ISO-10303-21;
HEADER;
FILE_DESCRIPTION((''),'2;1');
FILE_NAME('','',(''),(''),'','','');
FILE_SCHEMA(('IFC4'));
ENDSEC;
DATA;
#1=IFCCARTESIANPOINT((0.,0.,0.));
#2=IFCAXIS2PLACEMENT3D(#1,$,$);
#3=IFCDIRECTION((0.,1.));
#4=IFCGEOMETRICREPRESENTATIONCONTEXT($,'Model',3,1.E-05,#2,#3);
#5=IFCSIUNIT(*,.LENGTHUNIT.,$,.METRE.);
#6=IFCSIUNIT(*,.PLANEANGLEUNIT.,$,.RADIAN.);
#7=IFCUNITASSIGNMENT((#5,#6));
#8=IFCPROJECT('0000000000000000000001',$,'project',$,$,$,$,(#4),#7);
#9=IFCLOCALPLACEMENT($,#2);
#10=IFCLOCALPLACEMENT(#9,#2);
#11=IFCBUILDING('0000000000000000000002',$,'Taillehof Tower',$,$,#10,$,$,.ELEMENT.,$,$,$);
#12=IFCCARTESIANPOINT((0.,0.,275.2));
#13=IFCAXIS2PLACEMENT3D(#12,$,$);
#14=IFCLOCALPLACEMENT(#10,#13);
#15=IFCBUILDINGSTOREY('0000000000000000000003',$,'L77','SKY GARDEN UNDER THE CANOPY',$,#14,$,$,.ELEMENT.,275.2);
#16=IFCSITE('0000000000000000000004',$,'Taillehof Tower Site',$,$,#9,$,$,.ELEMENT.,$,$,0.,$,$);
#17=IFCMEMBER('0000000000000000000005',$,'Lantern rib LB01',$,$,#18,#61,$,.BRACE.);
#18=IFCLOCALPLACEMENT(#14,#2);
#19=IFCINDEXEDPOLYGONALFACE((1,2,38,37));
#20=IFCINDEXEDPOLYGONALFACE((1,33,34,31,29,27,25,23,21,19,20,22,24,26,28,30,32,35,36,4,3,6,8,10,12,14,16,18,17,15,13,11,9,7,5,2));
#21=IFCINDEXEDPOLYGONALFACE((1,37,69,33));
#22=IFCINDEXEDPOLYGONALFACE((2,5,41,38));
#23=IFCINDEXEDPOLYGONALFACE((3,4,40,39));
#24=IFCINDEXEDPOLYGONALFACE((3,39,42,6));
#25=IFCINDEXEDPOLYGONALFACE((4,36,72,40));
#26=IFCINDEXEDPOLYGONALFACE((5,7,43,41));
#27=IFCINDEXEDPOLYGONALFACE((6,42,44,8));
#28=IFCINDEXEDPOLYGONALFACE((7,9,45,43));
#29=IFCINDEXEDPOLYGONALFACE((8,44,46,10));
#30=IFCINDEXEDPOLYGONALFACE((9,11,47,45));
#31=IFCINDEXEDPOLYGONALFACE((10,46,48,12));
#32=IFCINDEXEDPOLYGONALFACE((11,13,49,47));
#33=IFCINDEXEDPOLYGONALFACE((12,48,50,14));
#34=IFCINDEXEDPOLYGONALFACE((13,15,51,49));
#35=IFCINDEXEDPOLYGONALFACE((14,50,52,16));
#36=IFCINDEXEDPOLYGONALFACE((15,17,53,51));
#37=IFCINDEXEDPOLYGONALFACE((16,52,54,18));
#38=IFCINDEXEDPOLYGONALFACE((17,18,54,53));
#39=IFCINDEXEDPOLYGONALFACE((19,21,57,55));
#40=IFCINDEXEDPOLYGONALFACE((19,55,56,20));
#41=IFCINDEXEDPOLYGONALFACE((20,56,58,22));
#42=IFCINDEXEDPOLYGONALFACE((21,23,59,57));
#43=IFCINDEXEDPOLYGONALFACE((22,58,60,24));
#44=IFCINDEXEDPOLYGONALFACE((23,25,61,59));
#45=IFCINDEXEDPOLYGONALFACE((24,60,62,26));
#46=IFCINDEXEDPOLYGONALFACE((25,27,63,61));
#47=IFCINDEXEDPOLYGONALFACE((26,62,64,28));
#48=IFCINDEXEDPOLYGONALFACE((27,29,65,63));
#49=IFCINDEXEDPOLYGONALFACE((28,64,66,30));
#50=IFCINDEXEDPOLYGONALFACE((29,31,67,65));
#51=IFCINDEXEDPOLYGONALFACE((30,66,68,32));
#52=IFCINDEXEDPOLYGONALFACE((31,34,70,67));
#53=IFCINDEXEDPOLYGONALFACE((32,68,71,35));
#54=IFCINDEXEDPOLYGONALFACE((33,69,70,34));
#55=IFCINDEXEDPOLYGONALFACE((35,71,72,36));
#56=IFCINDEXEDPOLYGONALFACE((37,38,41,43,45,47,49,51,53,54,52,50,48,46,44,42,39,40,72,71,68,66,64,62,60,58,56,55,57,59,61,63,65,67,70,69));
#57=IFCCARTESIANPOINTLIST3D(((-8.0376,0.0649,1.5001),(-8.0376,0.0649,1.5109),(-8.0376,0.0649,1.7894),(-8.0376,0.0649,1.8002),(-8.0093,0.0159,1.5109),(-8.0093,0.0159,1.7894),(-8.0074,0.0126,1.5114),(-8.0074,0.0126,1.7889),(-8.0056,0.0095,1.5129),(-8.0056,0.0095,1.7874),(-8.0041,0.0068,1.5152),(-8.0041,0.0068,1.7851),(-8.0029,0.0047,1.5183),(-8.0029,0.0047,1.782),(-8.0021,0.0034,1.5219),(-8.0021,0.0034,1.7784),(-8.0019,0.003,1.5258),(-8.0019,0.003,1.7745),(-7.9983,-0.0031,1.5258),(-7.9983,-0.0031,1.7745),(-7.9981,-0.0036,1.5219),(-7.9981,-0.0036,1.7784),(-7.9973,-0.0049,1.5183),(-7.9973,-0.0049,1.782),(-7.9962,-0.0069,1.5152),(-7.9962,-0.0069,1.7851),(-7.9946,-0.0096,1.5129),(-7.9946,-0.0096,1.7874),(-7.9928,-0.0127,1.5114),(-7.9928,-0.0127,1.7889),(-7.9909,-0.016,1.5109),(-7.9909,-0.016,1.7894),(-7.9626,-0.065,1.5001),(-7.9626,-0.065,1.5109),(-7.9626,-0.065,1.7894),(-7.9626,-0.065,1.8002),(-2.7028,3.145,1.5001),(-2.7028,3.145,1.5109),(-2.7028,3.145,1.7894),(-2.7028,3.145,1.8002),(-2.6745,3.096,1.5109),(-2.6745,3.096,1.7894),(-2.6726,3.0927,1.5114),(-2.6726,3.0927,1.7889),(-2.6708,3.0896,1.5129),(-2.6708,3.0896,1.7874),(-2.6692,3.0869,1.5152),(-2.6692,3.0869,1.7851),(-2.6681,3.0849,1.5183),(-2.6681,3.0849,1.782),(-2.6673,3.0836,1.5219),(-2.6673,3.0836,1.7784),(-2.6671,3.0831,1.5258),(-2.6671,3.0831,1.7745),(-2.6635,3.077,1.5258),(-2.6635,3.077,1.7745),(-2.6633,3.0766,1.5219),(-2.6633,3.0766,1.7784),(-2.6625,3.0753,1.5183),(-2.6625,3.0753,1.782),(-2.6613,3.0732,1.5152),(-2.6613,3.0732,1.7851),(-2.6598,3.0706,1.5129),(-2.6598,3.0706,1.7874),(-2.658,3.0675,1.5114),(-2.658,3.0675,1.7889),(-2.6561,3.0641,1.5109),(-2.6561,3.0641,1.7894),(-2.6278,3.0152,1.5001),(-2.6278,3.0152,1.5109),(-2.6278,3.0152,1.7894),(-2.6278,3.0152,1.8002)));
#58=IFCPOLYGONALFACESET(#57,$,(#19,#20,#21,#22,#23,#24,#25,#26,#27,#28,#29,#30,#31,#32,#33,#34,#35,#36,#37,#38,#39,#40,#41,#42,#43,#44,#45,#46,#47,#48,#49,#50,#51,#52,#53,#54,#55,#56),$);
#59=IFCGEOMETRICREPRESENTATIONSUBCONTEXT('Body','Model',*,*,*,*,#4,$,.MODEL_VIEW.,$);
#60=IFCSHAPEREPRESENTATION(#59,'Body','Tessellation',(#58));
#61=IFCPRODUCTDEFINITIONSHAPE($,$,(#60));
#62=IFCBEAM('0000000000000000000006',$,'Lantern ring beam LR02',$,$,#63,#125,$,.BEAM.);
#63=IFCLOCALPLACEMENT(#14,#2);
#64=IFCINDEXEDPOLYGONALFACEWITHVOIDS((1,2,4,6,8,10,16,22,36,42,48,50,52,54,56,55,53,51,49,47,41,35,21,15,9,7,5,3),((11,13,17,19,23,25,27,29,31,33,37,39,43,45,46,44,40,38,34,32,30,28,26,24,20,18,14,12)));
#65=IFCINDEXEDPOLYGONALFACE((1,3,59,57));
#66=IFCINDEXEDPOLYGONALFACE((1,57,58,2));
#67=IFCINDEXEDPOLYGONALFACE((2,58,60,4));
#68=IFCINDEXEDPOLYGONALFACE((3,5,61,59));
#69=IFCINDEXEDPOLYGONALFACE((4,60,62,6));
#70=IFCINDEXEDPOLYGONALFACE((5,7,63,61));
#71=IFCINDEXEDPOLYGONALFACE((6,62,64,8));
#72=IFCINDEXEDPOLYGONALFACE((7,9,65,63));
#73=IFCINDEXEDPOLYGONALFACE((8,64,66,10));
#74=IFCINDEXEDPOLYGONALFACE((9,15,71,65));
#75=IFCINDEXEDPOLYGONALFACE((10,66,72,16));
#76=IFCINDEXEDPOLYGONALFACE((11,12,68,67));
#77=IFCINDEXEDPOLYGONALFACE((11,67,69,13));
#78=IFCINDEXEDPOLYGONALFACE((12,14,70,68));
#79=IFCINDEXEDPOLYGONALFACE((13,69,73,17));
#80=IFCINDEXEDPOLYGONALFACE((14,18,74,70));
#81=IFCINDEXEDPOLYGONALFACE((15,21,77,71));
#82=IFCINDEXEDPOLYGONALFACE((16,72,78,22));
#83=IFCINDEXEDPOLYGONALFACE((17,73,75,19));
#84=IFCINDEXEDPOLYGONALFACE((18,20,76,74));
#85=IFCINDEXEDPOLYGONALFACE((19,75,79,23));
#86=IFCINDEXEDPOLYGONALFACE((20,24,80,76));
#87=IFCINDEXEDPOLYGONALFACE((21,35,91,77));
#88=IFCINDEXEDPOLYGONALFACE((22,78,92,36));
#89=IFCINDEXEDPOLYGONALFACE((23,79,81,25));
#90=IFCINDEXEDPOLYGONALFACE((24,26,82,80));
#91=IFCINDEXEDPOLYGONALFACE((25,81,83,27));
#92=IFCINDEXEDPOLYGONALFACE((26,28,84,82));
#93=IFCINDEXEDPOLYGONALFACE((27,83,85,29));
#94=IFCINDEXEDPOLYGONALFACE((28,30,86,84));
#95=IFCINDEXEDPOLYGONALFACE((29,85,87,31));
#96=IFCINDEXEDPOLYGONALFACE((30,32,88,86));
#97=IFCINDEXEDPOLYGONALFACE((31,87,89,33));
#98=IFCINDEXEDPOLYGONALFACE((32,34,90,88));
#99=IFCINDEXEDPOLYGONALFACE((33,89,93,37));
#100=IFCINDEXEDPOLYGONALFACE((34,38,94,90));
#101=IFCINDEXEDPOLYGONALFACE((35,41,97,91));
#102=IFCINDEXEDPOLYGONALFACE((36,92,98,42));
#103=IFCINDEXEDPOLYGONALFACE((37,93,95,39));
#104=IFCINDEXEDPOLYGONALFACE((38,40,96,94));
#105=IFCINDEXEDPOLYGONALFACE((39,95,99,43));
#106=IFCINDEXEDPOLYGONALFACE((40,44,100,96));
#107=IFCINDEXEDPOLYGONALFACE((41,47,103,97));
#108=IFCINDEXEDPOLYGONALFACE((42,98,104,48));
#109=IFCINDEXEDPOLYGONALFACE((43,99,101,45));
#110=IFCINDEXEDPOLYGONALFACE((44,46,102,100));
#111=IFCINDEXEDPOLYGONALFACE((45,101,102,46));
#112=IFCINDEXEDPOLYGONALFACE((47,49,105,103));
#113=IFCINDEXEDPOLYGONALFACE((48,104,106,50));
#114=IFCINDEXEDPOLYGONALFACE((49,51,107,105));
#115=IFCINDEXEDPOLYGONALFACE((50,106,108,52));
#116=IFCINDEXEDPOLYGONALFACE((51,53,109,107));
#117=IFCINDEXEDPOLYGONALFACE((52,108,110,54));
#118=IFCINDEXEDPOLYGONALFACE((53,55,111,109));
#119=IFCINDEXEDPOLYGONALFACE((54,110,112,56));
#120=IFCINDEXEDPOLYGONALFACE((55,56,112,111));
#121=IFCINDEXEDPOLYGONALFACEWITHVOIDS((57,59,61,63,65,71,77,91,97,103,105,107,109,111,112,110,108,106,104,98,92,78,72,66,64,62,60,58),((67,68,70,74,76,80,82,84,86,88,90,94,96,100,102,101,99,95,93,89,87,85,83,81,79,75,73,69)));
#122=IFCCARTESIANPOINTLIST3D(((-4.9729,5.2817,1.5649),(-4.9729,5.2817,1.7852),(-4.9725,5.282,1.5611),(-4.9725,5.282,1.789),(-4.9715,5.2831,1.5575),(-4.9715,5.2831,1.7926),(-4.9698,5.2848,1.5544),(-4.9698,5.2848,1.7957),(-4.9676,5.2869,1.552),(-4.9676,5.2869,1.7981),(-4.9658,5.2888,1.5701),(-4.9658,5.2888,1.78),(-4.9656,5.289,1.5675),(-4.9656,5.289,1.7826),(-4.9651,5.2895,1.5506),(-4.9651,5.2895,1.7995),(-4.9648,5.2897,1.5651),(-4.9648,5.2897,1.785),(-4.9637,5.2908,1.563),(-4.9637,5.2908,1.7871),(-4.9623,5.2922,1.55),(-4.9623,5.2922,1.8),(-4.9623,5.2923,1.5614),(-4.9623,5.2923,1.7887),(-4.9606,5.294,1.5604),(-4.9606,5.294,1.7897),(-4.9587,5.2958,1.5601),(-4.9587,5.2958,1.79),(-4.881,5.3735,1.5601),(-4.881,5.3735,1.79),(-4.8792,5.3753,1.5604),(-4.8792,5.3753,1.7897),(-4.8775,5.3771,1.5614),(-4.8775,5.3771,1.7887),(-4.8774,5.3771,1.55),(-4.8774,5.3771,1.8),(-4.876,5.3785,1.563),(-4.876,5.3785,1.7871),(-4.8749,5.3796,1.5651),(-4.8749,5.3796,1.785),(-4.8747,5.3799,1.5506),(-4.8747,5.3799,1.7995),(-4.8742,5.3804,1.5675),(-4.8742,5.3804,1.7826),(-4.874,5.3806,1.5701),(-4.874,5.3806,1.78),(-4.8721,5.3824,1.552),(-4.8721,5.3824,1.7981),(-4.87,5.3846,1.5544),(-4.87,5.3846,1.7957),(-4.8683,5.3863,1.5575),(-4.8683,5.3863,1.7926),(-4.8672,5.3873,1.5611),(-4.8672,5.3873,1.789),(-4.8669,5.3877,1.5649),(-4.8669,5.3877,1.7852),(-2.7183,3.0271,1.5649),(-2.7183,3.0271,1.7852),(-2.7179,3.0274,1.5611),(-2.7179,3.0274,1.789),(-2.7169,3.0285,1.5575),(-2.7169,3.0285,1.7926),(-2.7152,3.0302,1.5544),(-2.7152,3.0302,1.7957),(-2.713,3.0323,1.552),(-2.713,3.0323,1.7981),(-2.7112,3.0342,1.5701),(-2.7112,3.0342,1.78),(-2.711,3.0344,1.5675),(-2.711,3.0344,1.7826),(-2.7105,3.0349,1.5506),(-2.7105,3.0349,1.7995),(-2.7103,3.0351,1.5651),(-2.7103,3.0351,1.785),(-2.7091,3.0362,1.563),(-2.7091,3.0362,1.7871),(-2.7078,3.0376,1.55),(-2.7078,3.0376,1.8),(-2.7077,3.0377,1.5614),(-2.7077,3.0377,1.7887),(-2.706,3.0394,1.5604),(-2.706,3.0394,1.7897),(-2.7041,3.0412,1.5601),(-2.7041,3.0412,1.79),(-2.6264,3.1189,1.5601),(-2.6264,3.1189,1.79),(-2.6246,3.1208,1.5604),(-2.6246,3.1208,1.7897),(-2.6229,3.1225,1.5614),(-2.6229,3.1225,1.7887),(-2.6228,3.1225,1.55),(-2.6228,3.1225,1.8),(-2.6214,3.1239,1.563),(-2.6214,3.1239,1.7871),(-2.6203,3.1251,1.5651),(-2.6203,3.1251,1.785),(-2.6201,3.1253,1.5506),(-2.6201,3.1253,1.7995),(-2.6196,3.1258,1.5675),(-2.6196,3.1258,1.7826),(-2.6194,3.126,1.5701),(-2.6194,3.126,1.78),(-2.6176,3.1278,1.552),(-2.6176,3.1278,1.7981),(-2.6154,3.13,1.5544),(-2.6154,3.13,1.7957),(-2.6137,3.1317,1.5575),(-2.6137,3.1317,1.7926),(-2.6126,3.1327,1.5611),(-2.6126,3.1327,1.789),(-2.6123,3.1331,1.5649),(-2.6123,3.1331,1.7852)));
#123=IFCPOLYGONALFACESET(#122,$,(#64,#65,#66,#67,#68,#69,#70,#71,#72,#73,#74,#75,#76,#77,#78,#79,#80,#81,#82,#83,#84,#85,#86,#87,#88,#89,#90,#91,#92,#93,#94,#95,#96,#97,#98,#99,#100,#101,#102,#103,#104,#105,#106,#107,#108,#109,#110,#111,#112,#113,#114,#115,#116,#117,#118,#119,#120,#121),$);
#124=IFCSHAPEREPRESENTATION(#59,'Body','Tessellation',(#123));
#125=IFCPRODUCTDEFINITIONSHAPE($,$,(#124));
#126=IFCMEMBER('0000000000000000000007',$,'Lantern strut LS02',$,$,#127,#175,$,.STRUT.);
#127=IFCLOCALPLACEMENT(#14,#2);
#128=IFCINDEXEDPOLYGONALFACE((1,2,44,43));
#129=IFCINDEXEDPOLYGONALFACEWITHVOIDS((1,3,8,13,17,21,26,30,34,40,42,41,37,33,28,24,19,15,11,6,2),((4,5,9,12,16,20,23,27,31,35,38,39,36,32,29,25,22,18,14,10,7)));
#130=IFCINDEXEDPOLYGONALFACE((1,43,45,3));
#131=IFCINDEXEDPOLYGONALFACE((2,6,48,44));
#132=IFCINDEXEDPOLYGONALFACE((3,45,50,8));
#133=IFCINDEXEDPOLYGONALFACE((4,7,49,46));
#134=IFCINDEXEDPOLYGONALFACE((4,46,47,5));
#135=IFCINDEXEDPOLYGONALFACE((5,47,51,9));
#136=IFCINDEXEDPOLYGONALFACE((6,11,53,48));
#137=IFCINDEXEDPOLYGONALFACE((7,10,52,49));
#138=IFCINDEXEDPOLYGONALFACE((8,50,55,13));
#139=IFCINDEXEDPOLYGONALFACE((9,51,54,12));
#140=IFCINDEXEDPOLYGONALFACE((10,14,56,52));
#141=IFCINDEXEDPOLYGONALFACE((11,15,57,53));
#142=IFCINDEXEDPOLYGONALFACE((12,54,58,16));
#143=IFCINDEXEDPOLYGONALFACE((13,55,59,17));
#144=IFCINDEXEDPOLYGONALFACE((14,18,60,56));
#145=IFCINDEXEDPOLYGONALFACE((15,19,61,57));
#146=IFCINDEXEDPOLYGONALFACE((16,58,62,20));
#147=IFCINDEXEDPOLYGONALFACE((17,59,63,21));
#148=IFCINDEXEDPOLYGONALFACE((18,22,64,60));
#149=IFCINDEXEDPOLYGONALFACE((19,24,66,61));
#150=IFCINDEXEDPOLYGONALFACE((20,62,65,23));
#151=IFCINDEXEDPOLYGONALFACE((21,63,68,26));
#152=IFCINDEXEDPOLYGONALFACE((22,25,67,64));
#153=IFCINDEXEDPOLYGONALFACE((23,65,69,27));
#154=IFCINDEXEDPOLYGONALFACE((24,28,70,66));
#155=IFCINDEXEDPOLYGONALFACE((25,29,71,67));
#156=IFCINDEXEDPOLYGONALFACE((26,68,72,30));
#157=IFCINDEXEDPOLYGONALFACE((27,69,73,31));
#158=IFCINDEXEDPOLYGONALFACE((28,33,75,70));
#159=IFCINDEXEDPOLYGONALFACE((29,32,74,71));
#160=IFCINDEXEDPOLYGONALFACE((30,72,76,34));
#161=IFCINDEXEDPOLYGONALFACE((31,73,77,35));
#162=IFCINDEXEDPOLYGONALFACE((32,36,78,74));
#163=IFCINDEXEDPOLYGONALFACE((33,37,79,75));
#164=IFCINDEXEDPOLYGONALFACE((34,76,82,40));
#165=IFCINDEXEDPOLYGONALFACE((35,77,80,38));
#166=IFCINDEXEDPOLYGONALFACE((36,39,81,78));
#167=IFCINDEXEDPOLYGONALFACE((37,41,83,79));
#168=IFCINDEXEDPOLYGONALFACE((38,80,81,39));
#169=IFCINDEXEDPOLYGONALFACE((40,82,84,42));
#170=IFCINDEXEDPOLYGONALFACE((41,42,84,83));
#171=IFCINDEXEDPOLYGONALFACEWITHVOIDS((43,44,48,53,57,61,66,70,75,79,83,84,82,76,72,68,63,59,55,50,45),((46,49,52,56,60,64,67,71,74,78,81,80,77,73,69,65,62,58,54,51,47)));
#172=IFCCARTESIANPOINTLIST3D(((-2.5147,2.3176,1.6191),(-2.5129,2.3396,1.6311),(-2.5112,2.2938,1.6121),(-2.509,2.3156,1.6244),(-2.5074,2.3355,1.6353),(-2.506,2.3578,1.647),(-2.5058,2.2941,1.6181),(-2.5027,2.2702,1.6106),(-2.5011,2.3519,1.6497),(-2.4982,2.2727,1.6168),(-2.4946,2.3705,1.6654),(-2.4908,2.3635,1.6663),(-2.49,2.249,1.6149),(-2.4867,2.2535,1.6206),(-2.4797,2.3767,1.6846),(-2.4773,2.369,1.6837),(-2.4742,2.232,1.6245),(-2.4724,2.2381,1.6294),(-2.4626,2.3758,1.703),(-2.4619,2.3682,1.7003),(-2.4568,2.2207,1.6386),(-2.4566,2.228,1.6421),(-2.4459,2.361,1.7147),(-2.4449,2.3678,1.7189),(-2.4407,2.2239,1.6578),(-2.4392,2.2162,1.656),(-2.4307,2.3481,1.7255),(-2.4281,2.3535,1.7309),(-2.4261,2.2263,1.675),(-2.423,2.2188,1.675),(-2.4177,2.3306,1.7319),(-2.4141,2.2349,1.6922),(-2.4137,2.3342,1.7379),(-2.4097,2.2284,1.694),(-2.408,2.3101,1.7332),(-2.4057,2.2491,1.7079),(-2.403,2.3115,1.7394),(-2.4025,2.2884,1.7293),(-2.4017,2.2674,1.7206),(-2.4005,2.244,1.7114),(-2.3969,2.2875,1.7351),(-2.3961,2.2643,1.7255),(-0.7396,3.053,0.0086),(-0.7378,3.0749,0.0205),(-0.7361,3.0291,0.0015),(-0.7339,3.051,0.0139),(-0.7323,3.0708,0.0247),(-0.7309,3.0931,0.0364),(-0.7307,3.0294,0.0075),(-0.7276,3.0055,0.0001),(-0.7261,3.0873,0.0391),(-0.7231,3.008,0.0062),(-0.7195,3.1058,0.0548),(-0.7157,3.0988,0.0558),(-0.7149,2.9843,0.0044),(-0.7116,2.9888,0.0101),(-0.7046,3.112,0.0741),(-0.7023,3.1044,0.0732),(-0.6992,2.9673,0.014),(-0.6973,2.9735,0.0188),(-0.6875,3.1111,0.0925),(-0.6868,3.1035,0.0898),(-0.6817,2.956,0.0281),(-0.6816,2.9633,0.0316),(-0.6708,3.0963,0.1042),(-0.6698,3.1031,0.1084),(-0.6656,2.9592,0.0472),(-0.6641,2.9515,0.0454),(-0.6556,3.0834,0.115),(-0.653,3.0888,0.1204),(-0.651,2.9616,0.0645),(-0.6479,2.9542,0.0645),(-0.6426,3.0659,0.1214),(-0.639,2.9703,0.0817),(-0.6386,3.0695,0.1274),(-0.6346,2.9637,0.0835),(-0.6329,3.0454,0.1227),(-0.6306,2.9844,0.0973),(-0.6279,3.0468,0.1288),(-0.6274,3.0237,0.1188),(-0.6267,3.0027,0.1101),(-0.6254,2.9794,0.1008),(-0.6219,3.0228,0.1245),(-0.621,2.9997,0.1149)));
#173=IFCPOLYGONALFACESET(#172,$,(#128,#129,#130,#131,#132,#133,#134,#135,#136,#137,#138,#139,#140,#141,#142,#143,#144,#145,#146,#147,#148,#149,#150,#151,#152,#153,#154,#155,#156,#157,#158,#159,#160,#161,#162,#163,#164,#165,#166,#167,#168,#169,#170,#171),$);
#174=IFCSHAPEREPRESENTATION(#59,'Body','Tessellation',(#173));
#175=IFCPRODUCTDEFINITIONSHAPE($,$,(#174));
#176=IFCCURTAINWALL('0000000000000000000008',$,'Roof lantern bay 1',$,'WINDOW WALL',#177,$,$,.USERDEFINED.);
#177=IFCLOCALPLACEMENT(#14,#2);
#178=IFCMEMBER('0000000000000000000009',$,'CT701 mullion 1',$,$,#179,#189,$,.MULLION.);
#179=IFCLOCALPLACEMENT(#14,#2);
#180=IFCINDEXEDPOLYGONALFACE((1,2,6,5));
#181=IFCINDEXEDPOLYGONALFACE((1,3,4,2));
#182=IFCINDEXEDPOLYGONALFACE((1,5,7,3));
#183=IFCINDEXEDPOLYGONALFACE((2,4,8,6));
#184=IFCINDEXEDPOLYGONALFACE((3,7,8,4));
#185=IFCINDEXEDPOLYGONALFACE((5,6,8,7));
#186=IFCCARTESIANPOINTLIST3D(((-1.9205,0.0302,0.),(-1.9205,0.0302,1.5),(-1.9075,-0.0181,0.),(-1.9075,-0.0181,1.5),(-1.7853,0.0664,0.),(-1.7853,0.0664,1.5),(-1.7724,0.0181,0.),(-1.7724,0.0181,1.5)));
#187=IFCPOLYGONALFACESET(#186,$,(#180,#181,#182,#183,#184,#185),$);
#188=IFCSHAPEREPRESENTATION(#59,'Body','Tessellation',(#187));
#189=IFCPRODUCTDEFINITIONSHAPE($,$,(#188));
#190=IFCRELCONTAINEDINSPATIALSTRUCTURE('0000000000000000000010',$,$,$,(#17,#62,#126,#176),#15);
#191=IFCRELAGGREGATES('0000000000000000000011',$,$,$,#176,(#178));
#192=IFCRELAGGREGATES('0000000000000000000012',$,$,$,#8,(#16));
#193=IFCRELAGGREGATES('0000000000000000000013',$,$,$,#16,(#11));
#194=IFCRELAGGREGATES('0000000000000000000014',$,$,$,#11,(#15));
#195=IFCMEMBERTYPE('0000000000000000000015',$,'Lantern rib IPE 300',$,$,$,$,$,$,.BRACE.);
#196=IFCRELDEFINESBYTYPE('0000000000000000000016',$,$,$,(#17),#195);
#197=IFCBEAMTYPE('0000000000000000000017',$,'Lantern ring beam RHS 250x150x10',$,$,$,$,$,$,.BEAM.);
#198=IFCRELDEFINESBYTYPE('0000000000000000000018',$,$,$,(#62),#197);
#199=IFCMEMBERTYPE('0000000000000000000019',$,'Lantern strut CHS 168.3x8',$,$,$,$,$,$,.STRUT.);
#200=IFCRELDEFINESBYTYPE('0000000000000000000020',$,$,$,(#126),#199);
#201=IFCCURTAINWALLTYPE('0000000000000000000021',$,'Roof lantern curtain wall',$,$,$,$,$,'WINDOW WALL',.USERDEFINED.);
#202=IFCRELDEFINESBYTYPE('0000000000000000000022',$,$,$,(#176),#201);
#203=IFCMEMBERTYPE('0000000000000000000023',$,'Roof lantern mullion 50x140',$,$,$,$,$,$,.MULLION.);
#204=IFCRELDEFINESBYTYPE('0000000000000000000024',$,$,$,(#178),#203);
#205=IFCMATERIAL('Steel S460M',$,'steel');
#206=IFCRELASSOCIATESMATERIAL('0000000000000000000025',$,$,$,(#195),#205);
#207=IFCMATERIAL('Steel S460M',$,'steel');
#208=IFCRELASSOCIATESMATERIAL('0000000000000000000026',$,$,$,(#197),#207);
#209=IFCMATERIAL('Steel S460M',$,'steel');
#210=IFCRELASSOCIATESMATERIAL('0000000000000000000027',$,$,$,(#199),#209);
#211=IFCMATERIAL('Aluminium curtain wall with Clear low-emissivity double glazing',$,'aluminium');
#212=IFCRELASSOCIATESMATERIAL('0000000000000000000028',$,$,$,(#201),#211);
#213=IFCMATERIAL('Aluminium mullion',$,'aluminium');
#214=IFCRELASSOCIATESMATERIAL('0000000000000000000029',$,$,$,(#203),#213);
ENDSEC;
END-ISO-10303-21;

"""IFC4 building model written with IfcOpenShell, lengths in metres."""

from ifc_helpers import new_model, si_unit, direction, frame, origin, origin_2d, place, context, subcontext, project, spatial, rectangle, hollow_rectangle, hollow_circle, i_section, extrude, material, material_profile, profile_set, type_object, element, aggregate, save


model = new_model("IFC4")

# Units and contexts
model_context = context("Model", 3, precision=1e-05, world=origin(), true_north=direction((0.0, 1.0)))
body_context = subcontext(model_context, "Body", "Model", "MODEL_VIEW")
ifc_project = project(units=[si_unit("LENGTHUNIT", "METRE"), si_unit("PLANEANGLEUNIT", "RADIAN")], contexts=[model_context])

# Site, building, storey
site_placement = place(None, origin())
site = spatial("IfcSite", under=ifc_project, at=site_placement, Name="Taillehof Tower Site", CompositionType="ELEMENT", RefElevation=0.0)
building_placement = place(site_placement, origin())
building = spatial("IfcBuilding", under=site, at=building_placement, Name="Taillehof Tower", CompositionType="ELEMENT")
storey_placement = place(building_placement, frame((0.0, 0.0, 275.2)))
storey = spatial("IfcBuildingStorey", under=building, at=storey_placement, Name="L77", Description="SKY GARDEN UNDER THE CANOPY", CompositionType="ELEMENT", Elevation=275.2)

# Member
ifc_material_1 = material(Name="Steel S460M", Category="steel")
ifc_material_profile_1 = material_profile(ifc_material_1, i_section(OverallWidth=0.1499, OverallDepth=0.3, WebThickness=0.0071, FlangeThickness=0.0107, FilletRadius=0.0149, at=origin_2d()), Name="IPE 300")
ifc_profile_set_1 = profile_set([ifc_material_profile_1], Name="Steel S460M")
member_type_1 = type_object("IfcMemberType", Name="Lantern rib IPE 300", PredefinedType="BRACE", material=ifc_profile_set_1)
member_1_placement = place(storey_placement, frame((-2.6653, 3.0801, 1.6501), z_axis=(-0.86602, -0.500009, 0.0), x_axis=(0.500009, -0.86602, 0.0)))
element("IfcMember", 1, at=member_1_placement, inside=storey, type_object=member_type_1, Name="Lantern rib LB01", PredefinedType="BRACE", context=body_context, shape_type="SweptSolid", body=[
    extrude(i_section(OverallWidth=0.1499, OverallDepth=0.3, WebThickness=0.0071, FlangeThickness=0.0107, FilletRadius=0.0149, at=origin_2d()), origin(), (0.0, 0.0, 1.0), 6.1602),
])

# Beam
ifc_material_2 = material(Name="Steel S460M", Category="steel")
ifc_material_profile_2 = material_profile(ifc_material_2, hollow_rectangle(XDim=0.1499, YDim=0.25, WallThickness=0.01, InnerFilletRadius=0.01, OuterFilletRadius=0.0149, at=origin_2d()), Name="RHS 250x150x10")
ifc_profile_set_2 = profile_set([ifc_material_profile_2], Name="Steel S460M")
beam_type = type_object("IfcBeamType", Name="Lantern ring beam RHS 250x150x10", PredefinedType="BEAM", material=ifc_profile_set_2)
beam_placement = place(storey_placement, frame((-2.6653, 3.0801, 1.675), z_axis=(-0.707107, 0.707107, 0.0), x_axis=(-0.707107, -0.707107, 0.0)))
element("IfcBeam", 2, at=beam_placement, inside=storey, type_object=beam_type, Name="Lantern ring beam LR02", PredefinedType="BEAM", context=body_context, shape_type="SweptSolid", body=[
    extrude(hollow_rectangle(XDim=0.1499, YDim=0.25, WallThickness=0.01, InnerFilletRadius=0.01, OuterFilletRadius=0.0149, at=origin_2d()), origin(), (0.0, 0.0, 1.0), 3.1885),
])

# Member
ifc_material_3 = material(Name="Steel S460M", Category="steel")
ifc_material_profile_3 = material_profile(ifc_material_3, hollow_circle(Radius=0.0842, WallThickness=0.0081, at=origin_2d()), Name="CHS 168.3x8")
ifc_profile_set_3 = profile_set([ifc_material_profile_3], Name="Steel S460M")
member_type_2 = type_object("IfcMemberType", Name="Lantern strut CHS 168.3x8", PredefinedType="STRUT", material=ifc_profile_set_3)
member_2_placement = place(storey_placement, frame((-0.6802, 3.032, 0.0645), z_axis=(-0.708028, -0.293299, 0.642396), x_axis=(0.382711, -0.923868, 0.0)))
element("IfcMember", 3, at=member_2_placement, inside=storey, type_object=member_type_2, Name="Lantern strut LS02", PredefinedType="STRUT", context=body_context, shape_type="SweptSolid", body=[
    extrude(hollow_circle(Radius=0.0842, WallThickness=0.0081, at=origin_2d()), origin(), (0.0, 0.0, 1.0), 2.5071),
])

# Curtain wall, member
ifc_material_4 = material(Name="Aluminium curtain wall with Clear low-emissivity double glazing", Category="aluminium")
curtain_wall_type = type_object("IfcCurtainWallType", Name="Roof lantern curtain wall", ElementType="WINDOW WALL", PredefinedType="USERDEFINED", material=ifc_material_4)
curtain_wall_1_placement = place(storey_placement, origin())
curtain_wall_1 = element("IfcCurtainWall", 4, at=curtain_wall_1_placement, inside=storey, type_object=curtain_wall_type, Name="Roof lantern bay 1", ObjectType="WINDOW WALL", PredefinedType="USERDEFINED")
ifc_material_5 = material(Name="Aluminium mullion", Category="aluminium")
ifc_material_profile_4 = material_profile(ifc_material_5, rectangle(XDim=0.1399, YDim=0.05, at=origin_2d()), Name="AL 50x140")
ifc_profile_set_4 = profile_set([ifc_material_profile_4], Name="Aluminium mullion")
member_type_3 = type_object("IfcMemberType", Name="Roof lantern mullion 50x140", PredefinedType="MULLION", material=ifc_profile_set_4)
member_3_placement = place(storey_placement, frame((-1.8464, 0.0242, 0.0), z_axis=(0.0, 0.0, 1.0), x_axis=(-0.965926, -0.258819, 0.0)))
member_3 = element("IfcMember", 5, at=member_3_placement, type_object=member_type_3, Name="CT701 mullion 1", PredefinedType="MULLION", context=body_context, shape_type="SweptSolid", body=[
    extrude(rectangle(XDim=0.1399, YDim=0.05, at=origin_2d()), origin(), (0.0, 0.0, 1.0), 1.5),
])

aggregate(curtain_wall_1, [member_3])

save(model, "model.ifc")
